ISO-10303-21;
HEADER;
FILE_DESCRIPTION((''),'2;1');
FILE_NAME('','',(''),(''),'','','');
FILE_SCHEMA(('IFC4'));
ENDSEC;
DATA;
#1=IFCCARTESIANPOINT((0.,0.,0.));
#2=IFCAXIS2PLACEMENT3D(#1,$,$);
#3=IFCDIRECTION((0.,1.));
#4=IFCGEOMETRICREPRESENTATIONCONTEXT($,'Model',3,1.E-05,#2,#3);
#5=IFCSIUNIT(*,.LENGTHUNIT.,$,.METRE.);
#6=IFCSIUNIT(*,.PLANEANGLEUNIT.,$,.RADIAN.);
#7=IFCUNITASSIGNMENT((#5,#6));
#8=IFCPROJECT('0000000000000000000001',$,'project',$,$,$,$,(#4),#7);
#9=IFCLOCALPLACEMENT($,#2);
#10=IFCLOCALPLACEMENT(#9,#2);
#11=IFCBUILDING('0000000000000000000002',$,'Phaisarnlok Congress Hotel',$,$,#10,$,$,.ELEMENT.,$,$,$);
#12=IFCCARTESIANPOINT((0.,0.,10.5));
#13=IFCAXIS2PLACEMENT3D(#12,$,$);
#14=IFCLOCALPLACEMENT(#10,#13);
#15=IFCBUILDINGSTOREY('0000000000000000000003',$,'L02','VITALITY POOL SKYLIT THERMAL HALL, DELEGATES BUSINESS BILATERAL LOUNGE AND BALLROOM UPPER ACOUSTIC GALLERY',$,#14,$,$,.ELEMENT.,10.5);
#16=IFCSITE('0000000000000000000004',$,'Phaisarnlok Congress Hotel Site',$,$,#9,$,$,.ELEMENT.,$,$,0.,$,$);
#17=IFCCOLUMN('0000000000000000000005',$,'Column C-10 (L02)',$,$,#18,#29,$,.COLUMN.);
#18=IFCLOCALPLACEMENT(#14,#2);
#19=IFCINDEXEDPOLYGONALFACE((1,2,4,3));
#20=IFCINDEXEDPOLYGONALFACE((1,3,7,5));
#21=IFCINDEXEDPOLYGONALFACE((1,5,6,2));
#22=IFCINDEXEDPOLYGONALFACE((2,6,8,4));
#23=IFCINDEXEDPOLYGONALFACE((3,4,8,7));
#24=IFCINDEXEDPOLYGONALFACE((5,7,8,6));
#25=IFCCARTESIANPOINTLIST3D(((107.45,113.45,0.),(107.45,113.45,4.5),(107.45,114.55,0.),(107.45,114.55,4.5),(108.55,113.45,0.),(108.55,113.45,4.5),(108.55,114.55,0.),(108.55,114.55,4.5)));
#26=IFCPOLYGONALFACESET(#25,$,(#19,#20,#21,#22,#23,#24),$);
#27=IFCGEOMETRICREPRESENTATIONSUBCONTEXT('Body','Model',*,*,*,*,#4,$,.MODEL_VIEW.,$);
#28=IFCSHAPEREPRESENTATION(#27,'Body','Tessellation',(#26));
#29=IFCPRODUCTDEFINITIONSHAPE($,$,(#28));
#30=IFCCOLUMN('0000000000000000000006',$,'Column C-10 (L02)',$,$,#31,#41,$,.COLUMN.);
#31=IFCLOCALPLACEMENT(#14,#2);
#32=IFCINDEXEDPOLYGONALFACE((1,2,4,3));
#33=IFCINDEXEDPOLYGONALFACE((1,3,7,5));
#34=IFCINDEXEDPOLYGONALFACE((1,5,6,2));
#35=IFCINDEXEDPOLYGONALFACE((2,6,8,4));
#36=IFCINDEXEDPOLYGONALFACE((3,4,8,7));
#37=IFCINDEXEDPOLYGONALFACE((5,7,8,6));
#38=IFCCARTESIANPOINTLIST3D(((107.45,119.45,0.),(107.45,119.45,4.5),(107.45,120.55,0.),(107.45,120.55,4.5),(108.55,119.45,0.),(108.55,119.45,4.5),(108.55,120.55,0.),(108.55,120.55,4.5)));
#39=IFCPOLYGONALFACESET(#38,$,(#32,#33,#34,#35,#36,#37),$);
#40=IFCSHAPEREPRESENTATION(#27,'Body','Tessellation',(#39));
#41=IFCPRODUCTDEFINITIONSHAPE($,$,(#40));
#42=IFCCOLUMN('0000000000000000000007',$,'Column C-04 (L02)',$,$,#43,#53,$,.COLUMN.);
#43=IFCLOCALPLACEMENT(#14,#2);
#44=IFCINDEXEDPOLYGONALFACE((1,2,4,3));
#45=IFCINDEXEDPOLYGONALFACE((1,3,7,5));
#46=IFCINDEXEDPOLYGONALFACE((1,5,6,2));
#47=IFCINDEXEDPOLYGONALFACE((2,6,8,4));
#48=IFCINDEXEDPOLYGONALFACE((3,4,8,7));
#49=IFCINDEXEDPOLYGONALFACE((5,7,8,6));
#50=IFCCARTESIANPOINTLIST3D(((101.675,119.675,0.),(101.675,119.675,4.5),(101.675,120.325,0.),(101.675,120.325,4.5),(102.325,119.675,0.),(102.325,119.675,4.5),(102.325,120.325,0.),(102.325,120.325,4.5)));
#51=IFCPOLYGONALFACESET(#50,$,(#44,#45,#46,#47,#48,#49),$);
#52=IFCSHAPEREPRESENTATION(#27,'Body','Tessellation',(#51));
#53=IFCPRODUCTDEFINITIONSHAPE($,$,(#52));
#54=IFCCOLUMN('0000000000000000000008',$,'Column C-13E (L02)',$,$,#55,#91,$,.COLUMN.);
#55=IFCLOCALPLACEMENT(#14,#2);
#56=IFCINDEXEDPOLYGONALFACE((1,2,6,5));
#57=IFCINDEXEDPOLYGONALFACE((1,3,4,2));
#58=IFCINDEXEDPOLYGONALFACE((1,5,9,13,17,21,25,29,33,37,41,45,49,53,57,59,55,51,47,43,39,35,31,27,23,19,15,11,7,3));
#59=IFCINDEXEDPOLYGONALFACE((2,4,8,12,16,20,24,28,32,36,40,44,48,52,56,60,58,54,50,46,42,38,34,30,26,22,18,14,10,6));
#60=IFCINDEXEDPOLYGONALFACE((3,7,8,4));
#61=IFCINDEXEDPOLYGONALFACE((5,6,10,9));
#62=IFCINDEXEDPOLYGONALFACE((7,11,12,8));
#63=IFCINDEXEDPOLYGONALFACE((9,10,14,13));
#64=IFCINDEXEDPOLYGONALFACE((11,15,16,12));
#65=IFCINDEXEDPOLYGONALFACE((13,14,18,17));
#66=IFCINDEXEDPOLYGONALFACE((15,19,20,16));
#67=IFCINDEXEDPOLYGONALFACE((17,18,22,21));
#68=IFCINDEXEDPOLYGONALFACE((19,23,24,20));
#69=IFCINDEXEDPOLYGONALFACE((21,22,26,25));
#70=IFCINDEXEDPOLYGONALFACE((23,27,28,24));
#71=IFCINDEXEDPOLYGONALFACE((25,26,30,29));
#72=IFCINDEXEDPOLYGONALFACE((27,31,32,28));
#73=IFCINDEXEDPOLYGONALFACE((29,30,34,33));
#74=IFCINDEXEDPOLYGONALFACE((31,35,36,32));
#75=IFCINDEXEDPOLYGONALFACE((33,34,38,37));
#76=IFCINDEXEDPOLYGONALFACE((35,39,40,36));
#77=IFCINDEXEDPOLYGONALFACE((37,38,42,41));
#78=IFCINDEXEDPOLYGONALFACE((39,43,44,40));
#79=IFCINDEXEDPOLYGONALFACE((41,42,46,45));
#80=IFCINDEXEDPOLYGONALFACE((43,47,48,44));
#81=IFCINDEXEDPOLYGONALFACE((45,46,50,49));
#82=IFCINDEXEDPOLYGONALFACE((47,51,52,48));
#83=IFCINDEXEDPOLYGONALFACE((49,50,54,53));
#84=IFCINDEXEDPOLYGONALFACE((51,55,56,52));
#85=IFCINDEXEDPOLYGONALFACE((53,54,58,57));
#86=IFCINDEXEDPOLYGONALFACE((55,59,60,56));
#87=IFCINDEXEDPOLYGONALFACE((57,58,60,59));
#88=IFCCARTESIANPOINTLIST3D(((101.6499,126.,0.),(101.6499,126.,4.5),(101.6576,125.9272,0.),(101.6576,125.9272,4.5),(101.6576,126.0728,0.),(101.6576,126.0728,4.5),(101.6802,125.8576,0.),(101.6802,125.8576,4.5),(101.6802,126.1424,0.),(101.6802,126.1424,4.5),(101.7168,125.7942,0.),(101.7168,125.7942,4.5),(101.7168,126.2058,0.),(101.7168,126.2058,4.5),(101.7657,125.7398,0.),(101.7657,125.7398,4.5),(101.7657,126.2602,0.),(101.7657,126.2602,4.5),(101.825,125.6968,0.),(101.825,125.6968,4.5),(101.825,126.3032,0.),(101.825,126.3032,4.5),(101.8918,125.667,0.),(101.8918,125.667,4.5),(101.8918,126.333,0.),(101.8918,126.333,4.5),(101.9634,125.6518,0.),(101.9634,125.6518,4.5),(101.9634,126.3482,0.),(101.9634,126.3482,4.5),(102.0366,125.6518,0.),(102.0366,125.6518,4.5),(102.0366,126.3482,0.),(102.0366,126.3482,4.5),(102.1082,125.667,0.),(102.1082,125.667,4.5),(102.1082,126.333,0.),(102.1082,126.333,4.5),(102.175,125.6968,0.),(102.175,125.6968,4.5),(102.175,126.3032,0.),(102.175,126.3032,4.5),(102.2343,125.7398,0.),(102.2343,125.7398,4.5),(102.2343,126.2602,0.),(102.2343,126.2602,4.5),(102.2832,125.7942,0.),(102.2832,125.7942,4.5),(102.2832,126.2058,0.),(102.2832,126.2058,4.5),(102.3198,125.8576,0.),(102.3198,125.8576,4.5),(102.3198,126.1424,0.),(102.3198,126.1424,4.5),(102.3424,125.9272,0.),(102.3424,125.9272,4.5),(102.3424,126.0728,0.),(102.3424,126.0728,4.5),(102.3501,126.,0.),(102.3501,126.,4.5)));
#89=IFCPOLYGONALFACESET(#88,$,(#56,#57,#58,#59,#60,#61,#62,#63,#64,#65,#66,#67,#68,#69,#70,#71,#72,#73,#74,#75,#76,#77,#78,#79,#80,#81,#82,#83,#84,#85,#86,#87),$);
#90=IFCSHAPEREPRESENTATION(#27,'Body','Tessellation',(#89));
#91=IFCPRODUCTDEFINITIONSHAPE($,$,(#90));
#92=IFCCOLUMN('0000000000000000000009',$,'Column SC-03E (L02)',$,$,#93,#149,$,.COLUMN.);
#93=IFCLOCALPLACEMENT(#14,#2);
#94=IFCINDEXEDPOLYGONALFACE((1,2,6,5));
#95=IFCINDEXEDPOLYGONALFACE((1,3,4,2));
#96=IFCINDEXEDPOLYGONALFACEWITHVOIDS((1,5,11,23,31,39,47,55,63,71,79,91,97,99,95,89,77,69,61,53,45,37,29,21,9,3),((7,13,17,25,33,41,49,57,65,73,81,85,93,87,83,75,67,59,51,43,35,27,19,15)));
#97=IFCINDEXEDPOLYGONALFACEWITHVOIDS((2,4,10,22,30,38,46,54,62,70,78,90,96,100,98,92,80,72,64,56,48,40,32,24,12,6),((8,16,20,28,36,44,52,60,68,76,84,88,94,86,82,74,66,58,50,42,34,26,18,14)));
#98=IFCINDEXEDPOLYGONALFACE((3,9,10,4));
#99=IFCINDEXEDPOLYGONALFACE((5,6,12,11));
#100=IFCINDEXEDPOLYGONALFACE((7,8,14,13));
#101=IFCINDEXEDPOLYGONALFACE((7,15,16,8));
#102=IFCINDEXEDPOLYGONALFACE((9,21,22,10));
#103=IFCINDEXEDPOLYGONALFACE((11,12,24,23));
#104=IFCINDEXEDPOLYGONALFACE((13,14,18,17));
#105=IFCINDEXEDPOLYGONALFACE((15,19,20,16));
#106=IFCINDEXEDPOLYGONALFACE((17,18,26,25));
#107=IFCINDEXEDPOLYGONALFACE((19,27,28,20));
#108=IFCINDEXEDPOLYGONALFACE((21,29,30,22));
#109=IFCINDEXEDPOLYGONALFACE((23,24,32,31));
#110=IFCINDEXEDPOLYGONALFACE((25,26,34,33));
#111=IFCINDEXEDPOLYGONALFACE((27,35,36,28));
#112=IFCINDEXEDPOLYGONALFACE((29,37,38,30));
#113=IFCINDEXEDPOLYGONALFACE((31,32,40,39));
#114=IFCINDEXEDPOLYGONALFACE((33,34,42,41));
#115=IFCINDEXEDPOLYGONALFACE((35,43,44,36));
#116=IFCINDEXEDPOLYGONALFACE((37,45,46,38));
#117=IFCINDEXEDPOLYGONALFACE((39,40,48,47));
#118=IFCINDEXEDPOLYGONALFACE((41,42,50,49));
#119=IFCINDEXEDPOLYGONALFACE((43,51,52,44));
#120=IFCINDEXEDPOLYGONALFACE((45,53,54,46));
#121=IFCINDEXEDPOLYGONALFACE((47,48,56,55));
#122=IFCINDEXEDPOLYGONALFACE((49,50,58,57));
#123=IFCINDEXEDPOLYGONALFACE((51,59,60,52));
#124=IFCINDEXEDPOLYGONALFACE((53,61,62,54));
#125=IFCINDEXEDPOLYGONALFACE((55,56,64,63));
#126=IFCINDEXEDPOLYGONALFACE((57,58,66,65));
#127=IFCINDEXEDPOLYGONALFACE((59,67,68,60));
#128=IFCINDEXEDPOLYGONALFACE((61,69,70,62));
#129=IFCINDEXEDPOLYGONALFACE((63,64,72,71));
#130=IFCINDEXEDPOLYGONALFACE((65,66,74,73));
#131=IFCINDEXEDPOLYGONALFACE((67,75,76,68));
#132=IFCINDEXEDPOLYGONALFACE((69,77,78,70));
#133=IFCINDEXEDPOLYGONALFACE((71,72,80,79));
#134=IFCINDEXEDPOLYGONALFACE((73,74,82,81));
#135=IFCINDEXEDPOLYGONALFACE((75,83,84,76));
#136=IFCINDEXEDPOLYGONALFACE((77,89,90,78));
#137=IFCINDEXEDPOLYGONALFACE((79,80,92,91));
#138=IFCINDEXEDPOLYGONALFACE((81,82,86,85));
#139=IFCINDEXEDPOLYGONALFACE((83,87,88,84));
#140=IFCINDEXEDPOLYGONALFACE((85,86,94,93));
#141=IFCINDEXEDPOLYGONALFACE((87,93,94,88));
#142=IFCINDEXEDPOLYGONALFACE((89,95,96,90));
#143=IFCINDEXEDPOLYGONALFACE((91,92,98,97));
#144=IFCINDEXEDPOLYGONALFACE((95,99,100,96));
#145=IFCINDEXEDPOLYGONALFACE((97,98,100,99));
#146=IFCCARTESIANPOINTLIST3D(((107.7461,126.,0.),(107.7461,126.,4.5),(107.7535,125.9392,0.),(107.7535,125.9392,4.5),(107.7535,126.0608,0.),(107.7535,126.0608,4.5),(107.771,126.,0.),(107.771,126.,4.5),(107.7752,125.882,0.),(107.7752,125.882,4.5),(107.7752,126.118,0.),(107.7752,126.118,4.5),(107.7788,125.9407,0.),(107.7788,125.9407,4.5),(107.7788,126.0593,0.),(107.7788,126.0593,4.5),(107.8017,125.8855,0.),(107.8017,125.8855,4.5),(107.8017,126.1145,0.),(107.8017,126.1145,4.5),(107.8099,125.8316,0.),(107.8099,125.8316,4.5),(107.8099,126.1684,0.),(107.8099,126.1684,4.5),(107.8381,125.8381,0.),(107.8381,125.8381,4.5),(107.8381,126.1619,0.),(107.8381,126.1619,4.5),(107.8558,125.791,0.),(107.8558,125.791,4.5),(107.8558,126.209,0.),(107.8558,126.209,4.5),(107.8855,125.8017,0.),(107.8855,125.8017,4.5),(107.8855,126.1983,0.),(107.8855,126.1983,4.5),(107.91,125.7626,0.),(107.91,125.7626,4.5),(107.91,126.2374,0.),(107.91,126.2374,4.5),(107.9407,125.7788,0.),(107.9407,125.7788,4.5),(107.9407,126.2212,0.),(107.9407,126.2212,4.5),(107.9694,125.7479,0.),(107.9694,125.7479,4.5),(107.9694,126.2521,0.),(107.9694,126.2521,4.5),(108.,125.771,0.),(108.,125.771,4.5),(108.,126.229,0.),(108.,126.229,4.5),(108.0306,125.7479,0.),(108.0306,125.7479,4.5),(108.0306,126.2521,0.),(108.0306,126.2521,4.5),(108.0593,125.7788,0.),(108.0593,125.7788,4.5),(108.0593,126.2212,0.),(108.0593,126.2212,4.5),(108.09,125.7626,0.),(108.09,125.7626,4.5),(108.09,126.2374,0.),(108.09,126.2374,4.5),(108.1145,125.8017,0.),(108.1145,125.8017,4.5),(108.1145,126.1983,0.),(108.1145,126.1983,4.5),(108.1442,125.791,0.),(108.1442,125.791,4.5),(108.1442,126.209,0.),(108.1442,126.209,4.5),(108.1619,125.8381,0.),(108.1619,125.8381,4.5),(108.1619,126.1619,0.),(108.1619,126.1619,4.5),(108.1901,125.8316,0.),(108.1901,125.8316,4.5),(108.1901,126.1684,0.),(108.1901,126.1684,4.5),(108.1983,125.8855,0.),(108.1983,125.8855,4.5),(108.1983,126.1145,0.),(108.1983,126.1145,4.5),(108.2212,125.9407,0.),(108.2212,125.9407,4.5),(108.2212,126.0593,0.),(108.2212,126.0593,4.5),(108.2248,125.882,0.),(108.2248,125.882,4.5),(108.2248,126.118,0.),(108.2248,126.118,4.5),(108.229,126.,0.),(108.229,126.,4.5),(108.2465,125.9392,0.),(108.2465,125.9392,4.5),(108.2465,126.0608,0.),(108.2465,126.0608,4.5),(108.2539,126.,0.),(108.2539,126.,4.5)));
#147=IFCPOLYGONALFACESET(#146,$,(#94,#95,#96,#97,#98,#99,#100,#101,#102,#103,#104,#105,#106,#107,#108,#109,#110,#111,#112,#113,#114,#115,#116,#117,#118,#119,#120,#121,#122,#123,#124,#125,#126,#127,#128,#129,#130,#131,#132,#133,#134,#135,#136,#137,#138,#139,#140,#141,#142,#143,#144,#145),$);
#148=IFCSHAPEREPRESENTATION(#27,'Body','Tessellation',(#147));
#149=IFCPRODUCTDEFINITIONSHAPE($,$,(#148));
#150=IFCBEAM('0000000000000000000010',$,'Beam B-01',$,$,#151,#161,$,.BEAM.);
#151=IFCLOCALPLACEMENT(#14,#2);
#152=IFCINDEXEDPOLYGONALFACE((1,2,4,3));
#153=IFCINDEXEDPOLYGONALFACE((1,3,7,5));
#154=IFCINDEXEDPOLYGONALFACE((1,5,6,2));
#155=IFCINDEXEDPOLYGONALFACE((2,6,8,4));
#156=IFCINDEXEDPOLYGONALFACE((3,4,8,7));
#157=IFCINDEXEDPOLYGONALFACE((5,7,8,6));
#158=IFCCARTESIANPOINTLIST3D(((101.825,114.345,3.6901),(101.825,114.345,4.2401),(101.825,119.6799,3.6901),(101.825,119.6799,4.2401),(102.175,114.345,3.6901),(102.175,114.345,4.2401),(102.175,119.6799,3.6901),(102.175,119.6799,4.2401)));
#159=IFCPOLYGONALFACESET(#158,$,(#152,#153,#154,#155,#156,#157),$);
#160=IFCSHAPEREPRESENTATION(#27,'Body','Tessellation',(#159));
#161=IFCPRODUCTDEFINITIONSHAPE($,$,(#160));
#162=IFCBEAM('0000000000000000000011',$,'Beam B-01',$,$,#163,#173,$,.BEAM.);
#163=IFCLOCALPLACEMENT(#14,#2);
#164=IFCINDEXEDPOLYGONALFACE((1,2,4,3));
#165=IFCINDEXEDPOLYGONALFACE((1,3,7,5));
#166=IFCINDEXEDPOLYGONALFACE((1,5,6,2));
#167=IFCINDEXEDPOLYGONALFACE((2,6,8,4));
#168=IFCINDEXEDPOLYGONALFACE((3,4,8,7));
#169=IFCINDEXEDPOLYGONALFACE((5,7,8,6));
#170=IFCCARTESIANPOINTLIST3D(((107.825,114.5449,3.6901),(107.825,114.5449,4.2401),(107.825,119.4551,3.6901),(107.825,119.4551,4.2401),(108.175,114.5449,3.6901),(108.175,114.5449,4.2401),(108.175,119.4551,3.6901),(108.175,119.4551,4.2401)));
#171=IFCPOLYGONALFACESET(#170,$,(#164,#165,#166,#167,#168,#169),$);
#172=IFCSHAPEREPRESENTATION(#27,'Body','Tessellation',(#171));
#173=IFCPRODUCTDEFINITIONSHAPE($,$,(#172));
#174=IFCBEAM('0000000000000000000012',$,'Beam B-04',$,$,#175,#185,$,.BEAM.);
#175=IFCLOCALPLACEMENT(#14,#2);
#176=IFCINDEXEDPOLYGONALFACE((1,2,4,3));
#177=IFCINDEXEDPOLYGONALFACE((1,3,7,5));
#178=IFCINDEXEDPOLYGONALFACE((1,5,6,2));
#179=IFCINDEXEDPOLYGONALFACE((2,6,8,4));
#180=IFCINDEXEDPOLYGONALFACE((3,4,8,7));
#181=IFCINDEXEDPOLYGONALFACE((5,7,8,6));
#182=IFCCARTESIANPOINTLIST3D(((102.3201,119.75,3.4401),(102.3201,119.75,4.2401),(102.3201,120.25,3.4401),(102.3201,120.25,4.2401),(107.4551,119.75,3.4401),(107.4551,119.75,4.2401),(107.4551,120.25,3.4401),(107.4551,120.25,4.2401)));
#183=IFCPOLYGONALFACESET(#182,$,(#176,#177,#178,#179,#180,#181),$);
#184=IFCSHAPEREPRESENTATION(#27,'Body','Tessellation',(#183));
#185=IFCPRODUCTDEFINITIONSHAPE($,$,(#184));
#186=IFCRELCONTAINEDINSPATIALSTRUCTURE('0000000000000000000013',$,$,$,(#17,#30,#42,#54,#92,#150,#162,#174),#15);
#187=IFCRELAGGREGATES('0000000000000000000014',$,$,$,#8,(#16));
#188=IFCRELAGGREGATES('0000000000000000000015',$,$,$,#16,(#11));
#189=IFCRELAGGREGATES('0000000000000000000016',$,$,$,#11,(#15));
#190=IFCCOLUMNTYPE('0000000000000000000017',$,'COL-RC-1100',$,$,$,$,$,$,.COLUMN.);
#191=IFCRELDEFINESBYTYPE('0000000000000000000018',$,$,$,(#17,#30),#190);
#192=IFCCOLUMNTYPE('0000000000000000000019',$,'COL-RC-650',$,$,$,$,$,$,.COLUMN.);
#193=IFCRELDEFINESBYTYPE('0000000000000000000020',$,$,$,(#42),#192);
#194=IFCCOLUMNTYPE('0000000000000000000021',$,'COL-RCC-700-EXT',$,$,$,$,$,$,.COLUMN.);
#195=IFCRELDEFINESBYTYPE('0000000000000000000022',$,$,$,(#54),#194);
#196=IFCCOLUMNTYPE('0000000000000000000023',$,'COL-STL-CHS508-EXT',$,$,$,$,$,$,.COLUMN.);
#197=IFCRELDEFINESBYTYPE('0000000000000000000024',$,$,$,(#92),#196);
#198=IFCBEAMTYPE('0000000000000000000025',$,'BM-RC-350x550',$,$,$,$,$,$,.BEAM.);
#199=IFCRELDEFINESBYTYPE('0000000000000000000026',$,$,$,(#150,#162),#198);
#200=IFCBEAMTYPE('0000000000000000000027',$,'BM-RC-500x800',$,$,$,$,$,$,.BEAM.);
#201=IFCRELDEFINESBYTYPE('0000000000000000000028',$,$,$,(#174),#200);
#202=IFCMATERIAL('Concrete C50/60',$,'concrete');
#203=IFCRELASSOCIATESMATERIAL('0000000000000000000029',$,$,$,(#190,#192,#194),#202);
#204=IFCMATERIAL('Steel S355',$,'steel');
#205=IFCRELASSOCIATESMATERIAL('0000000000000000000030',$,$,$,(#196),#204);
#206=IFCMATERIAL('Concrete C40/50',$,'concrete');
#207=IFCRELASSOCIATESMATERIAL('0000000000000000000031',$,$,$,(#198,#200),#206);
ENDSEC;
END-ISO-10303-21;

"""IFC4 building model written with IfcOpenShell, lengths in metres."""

from ifc_helpers import new_model, si_unit, direction, frame, origin, origin_2d, place, context, subcontext, project, spatial, rectangle, circle, hollow_circle, extrude, material, material_profile, profile_set, type_object, element, save


model = new_model("IFC4")

# Units and contexts
model_context = context("Model", 3, precision=1e-05, world=origin(), true_north=direction((0.0, 1.0)))
body_context = subcontext(model_context, "Body", "Model", "MODEL_VIEW")
ifc_project = project(units=[si_unit("LENGTHUNIT", "METRE"), si_unit("PLANEANGLEUNIT", "RADIAN")], contexts=[model_context])

# Site, building, storey
site_placement = place(None, origin())
site = spatial("IfcSite", under=ifc_project, at=site_placement, Name="Phaisarnlok Congress Hotel Site", CompositionType="ELEMENT", RefElevation=0.0)
building_placement = place(site_placement, origin())
building = spatial("IfcBuilding", under=site, at=building_placement, Name="Phaisarnlok Congress Hotel", CompositionType="ELEMENT")
storey_placement = place(building_placement, frame((0.0, 0.0, 10.5)))
storey = spatial("IfcBuildingStorey", under=building, at=storey_placement, Name="L02", Description="VITALITY POOL SKYLIT THERMAL HALL, DELEGATES BUSINESS BILATERAL LOUNGE AND BALLROOM UPPER ACOUSTIC GALLERY", CompositionType="ELEMENT", Elevation=10.5)

# Columns
ifc_material_1 = material(Name="Concrete C50/60", Category="concrete")
ifc_material_profile_1 = material_profile(ifc_material_1, rectangle(XDim=1.1001, YDim=1.1001, at=origin_2d()), Name="RC 1100x1100")
ifc_profile_set_1 = profile_set([ifc_material_profile_1], Name="Concrete C50/60")
column_type_1 = type_object("IfcColumnType", Name="COL-RC-1100", PredefinedType="COLUMN", material=ifc_profile_set_1)
for number, where, z_axis, x_axis, name in (
    (1, (108.0, 114.0, 0.0), (0.0, 0.0, 1.0), (1.0, 0.0, 0.0), "Column C-10 (L02)"),
    (2, (108.0, 120.0, 0.0), (0.0, 0.0, 1.0), (1.0, 0.0, 0.0), "Column C-10 (L02)"),
):
    element("IfcColumn", number, at=place(storey_placement, frame(where, z_axis=z_axis, x_axis=x_axis)), inside=storey, type_object=column_type_1, Name=name, PredefinedType="COLUMN", context=body_context, shape_type="SweptSolid", body=[
        extrude(rectangle(XDim=1.1001, YDim=1.1001, at=origin_2d()), origin(), (0.0, 0.0, 1.0), 4.5),
    ])
ifc_material_profile_2 = material_profile(ifc_material_1, rectangle(XDim=0.6499, YDim=0.6499, at=origin_2d()), Name="RC 650x650")
ifc_profile_set_2 = profile_set([ifc_material_profile_2], Name="Concrete C50/60")
column_type_2 = type_object("IfcColumnType", Name="COL-RC-650", PredefinedType="COLUMN", material=ifc_profile_set_2)
column_1_placement = place(storey_placement, frame((102.0, 120.0, 0.0), z_axis=(0.0, 0.0, 1.0), x_axis=(1.0, 0.0, 0.0)))
element("IfcColumn", 3, at=column_1_placement, inside=storey, type_object=column_type_2, Name="Column C-04 (L02)", PredefinedType="COLUMN", context=body_context, shape_type="SweptSolid", body=[
    extrude(rectangle(XDim=0.6499, YDim=0.6499, at=origin_2d()), origin(), (0.0, 0.0, 1.0), 4.5),
])
ifc_material_profile_3 = material_profile(ifc_material_1, circle(Radius=0.3501, at=origin_2d()), Name="RCC D700")
ifc_profile_set_3 = profile_set([ifc_material_profile_3], Name="Concrete C50/60")
column_type_3 = type_object("IfcColumnType", Name="COL-RCC-700-EXT", PredefinedType="COLUMN", material=ifc_profile_set_3)
column_2_placement = place(storey_placement, frame((102.0, 126.0, 0.0), z_axis=(0.0, 0.0, 1.0), x_axis=(1.0, 0.0, 0.0)))
element("IfcColumn", 4, at=column_2_placement, inside=storey, type_object=column_type_3, Name="Column C-13E (L02)", PredefinedType="COLUMN", context=body_context, shape_type="SweptSolid", body=[
    extrude(circle(Radius=0.3501, at=origin_2d()), origin(), (0.0, 0.0, 1.0), 4.5),
])
ifc_material_2 = material(Name="Steel S355", Category="steel")
ifc_material_profile_4 = material_profile(ifc_material_2, hollow_circle(Radius=0.2539, WallThickness=0.0249, at=origin_2d()), Name="CHS 508x25")
ifc_profile_set_4 = profile_set([ifc_material_profile_4], Name="Steel S355")
column_type_4 = type_object("IfcColumnType", Name="COL-STL-CHS508-EXT", PredefinedType="COLUMN", material=ifc_profile_set_4)
column_3_placement = place(storey_placement, frame((108.0, 126.0, 0.0), z_axis=(0.0, 0.0, 1.0), x_axis=(1.0, 0.0, 0.0)))
element("IfcColumn", 5, at=column_3_placement, inside=storey, type_object=column_type_4, Name="Column SC-03E (L02)", PredefinedType="COLUMN", context=body_context, shape_type="SweptSolid", body=[
    extrude(hollow_circle(Radius=0.2539, WallThickness=0.0249, at=origin_2d()), origin(), (0.0, 0.0, 1.0), 4.5),
])

# Beams
ifc_material_3 = material(Name="Concrete C40/50", Category="concrete")
ifc_material_profile_5 = material_profile(ifc_material_3, rectangle(XDim=0.3501, YDim=0.55, at=origin_2d()), Name="RC 350x550")
ifc_profile_set_5 = profile_set([ifc_material_profile_5], Name="Concrete C40/50")
beam_type_1 = type_object("IfcBeamType", Name="BM-RC-350x550", PredefinedType="BEAM", material=ifc_profile_set_5)
beam_1_placement = place(storey_placement, frame((102.0, 114.345, 3.9651), z_axis=(0.0, 1.0, 0.0), x_axis=(-1.0, 0.0, 0.0)))
element("IfcBeam", 6, at=beam_1_placement, inside=storey, type_object=beam_type_1, Name="Beam B-01", PredefinedType="BEAM", context=body_context, shape_type="SweptSolid", body=[
    extrude(rectangle(XDim=0.3501, YDim=0.55, at=origin_2d()), origin(), (0.0, 0.0, 1.0), 5.335),
])
beam_2_placement = place(storey_placement, frame((108.0, 114.5449, 3.9651), z_axis=(0.0, 1.0, 0.0), x_axis=(-1.0, 0.0, 0.0)))
element("IfcBeam", 7, at=beam_2_placement, inside=storey, type_object=beam_type_1, Name="Beam B-01", PredefinedType="BEAM", context=body_context, shape_type="SweptSolid", body=[
    extrude(rectangle(XDim=0.3501, YDim=0.55, at=origin_2d()), origin(), (0.0, 0.0, 1.0), 4.9102),
])
ifc_material_profile_6 = material_profile(ifc_material_3, rectangle(XDim=0.5, YDim=0.8, at=origin_2d()), Name="RC 500x800")
ifc_profile_set_6 = profile_set([ifc_material_profile_6], Name="Concrete C40/50")
beam_type_2 = type_object("IfcBeamType", Name="BM-RC-500x800", PredefinedType="BEAM", material=ifc_profile_set_6)
beam_3_placement = place(storey_placement, frame((102.3201, 120.0, 3.8401), z_axis=(1.0, 0.0, 0.0), x_axis=(0.0, 1.0, 0.0)))
element("IfcBeam", 8, at=beam_3_placement, inside=storey, type_object=beam_type_2, Name="Beam B-04", PredefinedType="BEAM", context=body_context, shape_type="SweptSolid", body=[
    extrude(rectangle(XDim=0.5, YDim=0.8, at=origin_2d()), origin(), (0.0, 0.0, 1.0), 5.135),
])

save(model, "model.ifc")
